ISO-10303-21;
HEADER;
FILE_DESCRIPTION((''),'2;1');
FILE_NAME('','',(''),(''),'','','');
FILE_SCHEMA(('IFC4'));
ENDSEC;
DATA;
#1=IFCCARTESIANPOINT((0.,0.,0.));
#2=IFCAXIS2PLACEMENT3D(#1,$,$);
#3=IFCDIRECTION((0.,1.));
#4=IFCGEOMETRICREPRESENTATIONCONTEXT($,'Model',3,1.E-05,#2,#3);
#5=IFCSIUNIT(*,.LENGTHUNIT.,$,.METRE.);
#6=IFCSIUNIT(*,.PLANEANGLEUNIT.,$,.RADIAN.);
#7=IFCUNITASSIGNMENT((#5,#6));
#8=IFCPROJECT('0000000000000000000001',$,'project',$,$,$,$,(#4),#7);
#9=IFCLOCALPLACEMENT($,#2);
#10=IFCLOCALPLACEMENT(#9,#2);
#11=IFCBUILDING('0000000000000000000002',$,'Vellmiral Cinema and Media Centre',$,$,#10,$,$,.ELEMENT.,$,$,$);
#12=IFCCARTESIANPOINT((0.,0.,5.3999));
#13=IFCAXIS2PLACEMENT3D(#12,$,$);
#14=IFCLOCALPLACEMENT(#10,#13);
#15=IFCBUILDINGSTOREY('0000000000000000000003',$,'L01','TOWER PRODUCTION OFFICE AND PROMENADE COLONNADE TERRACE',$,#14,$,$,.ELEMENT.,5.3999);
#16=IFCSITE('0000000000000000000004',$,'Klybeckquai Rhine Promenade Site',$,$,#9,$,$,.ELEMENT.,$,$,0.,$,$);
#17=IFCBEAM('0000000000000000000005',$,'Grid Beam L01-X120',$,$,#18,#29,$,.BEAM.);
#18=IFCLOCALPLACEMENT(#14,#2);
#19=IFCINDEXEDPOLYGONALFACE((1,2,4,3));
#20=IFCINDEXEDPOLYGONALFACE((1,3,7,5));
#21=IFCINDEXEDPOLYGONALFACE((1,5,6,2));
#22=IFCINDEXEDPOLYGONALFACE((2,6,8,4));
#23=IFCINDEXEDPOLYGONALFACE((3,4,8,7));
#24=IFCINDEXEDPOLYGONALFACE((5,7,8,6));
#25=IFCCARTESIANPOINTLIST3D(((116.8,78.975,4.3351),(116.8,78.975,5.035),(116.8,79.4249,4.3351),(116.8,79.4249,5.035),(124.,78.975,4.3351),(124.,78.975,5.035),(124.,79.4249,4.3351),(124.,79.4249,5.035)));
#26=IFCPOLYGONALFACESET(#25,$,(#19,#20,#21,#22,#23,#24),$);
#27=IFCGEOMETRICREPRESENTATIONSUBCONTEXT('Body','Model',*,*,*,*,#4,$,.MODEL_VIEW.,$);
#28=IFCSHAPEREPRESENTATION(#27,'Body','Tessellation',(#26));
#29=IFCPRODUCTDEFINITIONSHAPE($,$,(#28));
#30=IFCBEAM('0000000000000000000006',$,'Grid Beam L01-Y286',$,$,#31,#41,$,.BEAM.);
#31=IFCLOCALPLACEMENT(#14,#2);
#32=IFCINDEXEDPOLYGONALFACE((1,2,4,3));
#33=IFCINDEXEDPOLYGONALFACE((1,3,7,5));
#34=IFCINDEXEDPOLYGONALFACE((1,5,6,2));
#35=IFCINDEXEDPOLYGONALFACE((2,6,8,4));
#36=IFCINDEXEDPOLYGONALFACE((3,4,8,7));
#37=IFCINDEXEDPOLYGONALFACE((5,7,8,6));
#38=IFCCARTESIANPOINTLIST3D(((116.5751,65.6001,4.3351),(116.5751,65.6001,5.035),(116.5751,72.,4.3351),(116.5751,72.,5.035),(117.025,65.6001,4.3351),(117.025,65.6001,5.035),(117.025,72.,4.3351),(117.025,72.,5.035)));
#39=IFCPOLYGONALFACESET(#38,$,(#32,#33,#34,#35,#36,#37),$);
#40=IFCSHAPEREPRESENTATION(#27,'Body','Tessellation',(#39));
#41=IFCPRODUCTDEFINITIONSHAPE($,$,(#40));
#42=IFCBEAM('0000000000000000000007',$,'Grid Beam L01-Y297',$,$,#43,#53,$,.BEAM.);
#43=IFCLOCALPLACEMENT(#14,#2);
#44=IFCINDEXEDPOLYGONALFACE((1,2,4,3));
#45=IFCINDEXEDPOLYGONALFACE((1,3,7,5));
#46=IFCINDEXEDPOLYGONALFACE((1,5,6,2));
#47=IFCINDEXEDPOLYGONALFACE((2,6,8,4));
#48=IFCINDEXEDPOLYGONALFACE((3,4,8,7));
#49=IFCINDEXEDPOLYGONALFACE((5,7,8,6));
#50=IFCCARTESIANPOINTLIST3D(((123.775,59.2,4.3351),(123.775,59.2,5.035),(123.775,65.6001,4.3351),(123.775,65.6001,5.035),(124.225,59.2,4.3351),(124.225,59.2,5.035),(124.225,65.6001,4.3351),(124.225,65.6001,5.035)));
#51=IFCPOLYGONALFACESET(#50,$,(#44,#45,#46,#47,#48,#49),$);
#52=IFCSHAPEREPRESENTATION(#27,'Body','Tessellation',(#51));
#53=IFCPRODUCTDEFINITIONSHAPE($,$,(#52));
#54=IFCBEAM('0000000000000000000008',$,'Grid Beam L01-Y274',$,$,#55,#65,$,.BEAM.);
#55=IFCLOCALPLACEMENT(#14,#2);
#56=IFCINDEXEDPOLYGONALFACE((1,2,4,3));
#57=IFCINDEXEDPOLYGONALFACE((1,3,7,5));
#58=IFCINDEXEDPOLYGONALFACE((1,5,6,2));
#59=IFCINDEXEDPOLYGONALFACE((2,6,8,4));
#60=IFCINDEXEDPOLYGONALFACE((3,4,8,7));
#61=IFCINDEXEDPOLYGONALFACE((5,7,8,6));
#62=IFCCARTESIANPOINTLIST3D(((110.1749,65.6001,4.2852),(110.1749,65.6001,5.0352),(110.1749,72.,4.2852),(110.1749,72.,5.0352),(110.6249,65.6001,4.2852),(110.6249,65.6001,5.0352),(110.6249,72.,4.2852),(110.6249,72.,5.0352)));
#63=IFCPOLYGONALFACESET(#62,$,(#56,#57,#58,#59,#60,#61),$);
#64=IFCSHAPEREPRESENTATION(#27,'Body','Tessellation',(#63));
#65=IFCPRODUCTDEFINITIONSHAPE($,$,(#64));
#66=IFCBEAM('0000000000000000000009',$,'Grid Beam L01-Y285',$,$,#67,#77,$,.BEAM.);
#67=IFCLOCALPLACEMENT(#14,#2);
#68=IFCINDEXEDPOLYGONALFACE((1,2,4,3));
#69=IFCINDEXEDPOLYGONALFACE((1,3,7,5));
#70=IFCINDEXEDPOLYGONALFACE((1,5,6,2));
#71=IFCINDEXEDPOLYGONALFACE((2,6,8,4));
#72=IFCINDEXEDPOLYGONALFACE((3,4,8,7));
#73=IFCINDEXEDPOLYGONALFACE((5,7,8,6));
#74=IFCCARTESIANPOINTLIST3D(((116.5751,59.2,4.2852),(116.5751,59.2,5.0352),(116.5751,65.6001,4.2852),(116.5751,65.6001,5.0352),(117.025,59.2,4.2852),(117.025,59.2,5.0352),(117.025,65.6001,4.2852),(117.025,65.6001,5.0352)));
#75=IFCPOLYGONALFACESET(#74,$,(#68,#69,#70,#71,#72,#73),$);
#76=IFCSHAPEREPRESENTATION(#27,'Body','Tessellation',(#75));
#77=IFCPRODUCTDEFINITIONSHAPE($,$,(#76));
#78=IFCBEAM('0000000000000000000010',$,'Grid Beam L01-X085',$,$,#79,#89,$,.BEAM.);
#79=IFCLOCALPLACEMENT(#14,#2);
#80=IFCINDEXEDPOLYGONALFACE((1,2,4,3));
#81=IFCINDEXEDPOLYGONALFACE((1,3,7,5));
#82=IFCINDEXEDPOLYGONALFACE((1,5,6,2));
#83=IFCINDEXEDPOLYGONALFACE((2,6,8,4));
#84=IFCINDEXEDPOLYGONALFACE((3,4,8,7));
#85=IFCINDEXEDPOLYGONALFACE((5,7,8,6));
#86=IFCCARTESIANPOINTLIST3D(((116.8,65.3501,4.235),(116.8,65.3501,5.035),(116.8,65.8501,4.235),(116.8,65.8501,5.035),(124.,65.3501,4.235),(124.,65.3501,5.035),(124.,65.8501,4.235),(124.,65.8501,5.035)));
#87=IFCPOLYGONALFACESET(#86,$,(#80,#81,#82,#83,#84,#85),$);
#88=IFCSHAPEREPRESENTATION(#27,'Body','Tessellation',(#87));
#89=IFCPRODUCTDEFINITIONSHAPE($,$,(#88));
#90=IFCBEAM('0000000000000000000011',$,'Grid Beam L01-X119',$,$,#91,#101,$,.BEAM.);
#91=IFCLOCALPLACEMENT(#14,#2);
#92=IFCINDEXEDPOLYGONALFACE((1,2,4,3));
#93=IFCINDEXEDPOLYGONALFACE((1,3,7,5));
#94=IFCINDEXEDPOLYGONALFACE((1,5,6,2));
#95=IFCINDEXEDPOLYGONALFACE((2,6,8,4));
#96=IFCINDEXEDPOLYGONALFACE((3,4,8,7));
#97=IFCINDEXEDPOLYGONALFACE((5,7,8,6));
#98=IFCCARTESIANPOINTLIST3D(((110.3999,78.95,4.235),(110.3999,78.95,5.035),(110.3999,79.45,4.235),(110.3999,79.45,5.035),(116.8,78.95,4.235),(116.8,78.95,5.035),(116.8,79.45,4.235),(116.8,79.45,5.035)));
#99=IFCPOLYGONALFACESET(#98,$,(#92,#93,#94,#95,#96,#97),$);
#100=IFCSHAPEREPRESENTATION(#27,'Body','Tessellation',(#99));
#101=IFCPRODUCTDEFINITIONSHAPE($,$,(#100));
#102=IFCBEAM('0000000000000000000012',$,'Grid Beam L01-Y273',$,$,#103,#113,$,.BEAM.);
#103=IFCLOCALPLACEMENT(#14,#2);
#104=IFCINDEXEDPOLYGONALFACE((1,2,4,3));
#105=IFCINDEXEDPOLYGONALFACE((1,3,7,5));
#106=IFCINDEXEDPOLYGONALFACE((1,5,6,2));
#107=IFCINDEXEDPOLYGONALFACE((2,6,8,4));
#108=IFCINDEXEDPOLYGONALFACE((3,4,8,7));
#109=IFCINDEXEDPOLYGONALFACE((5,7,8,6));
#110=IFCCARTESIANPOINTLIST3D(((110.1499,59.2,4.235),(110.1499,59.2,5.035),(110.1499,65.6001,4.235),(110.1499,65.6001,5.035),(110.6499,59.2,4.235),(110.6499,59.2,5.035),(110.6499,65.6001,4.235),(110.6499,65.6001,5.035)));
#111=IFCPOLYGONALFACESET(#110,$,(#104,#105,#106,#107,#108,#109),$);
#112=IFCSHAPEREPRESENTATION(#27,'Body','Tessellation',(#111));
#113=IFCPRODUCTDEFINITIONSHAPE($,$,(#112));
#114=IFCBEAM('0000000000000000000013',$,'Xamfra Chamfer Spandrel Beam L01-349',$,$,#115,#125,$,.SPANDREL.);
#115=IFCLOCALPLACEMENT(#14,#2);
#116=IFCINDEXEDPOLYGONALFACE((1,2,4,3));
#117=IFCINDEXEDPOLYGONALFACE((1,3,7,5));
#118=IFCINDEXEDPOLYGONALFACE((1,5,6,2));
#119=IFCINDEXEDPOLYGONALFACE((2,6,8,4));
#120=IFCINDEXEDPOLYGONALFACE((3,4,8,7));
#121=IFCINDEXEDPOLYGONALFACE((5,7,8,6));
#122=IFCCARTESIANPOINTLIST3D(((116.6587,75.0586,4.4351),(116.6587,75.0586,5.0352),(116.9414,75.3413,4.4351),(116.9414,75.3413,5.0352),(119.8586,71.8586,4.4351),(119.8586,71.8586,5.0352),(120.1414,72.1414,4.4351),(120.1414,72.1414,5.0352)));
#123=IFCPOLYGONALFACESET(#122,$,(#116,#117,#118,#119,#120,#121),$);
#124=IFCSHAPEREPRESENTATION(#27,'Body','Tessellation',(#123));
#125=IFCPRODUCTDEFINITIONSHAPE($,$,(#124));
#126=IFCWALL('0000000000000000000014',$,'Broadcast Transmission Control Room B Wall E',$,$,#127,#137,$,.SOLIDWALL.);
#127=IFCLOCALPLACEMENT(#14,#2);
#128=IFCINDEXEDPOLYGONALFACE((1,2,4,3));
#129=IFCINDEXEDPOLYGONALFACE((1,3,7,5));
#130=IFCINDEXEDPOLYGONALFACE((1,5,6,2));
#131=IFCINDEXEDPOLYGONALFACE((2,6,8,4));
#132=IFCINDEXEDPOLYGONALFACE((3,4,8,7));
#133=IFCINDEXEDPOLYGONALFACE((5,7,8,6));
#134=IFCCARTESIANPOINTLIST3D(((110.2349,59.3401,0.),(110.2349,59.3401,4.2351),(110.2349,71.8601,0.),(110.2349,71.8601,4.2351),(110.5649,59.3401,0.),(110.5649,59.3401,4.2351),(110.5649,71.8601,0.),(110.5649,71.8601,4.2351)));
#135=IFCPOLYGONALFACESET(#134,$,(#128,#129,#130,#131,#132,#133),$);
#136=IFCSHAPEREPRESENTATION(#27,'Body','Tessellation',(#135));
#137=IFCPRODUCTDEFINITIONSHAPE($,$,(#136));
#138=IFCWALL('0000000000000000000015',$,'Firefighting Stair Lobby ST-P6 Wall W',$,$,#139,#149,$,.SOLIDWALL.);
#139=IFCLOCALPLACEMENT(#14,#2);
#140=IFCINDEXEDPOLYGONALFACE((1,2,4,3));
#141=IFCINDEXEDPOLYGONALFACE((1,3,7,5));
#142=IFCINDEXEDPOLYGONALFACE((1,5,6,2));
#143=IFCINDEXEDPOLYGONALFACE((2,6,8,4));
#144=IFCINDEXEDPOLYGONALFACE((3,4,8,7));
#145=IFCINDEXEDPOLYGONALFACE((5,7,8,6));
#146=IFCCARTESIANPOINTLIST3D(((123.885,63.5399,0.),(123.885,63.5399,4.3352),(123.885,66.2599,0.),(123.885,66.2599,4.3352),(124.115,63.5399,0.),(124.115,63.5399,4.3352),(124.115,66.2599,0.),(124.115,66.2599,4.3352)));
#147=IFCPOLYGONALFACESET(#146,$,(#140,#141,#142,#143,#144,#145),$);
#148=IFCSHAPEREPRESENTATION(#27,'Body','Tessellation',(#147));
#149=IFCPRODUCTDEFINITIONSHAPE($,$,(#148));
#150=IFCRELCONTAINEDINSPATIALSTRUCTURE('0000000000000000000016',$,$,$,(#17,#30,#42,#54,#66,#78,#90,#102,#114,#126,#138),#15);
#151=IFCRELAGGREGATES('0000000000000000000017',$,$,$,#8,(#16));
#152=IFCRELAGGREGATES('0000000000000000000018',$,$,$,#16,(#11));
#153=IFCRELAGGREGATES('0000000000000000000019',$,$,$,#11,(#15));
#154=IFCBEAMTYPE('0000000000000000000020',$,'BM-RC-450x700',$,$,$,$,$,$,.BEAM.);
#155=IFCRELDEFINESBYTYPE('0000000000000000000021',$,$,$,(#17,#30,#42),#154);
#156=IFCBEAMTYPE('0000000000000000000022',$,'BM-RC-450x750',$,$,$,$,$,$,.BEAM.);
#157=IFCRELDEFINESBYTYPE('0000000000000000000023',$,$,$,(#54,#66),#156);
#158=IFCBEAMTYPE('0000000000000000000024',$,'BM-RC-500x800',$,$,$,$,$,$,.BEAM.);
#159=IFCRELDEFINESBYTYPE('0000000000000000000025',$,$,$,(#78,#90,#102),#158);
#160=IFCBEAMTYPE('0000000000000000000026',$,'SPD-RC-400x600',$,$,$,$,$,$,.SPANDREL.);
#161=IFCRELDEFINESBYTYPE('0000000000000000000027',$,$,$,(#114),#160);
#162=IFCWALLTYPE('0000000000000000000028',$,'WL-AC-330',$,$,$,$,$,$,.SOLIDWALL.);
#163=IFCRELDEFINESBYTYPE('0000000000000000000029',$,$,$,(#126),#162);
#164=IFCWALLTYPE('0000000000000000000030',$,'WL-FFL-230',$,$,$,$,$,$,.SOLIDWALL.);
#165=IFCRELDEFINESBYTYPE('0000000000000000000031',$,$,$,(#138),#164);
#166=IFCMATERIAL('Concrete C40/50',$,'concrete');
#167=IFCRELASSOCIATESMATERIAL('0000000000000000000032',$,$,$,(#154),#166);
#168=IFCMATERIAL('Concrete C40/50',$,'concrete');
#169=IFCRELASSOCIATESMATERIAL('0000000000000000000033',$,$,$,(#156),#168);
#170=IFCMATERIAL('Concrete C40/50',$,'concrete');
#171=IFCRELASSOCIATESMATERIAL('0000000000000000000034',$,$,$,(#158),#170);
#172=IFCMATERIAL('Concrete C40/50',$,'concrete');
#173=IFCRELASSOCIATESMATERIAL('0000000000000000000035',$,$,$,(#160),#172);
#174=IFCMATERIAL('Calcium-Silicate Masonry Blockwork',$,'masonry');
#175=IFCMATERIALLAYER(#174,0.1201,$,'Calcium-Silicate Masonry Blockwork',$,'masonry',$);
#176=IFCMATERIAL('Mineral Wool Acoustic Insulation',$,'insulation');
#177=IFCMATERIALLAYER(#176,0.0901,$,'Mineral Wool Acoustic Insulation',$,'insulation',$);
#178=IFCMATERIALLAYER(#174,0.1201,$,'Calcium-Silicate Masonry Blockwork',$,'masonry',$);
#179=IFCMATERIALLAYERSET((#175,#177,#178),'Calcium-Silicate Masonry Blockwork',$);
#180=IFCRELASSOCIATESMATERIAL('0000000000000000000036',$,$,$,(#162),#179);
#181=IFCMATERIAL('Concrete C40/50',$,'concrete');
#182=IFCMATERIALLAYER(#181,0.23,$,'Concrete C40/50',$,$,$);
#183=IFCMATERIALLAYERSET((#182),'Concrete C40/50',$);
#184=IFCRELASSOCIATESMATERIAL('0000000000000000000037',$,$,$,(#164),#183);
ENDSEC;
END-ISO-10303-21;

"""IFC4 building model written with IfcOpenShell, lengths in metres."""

from ifc_helpers import new_model, si_unit, direction, frame, frame_2d, origin, origin_2d, place, context, subcontext, project, spatial, rectangle, extrude, material, layer, layer_set, material_profile, profile_set, type_object, element, save


model = new_model("IFC4")

# Units and contexts
model_context = context("Model", 3, precision=1e-05, world=origin(), true_north=direction((0.0, 1.0)))
body_context = subcontext(model_context, "Body", "Model", "MODEL_VIEW")
ifc_project = project(units=[si_unit("LENGTHUNIT", "METRE"), si_unit("PLANEANGLEUNIT", "RADIAN")], contexts=[model_context])

# Site, building, storey
site_placement = place(None, origin())
site = spatial("IfcSite", under=ifc_project, at=site_placement, Name="Klybeckquai Rhine Promenade Site", CompositionType="ELEMENT", RefElevation=0.0)
building_placement = place(site_placement, origin())
building = spatial("IfcBuilding", under=site, at=building_placement, Name="Vellmiral Cinema and Media Centre", CompositionType="ELEMENT")
storey_placement = place(building_placement, frame((0.0, 0.0, 5.3999)))
storey = spatial("IfcBuildingStorey", under=building, at=storey_placement, Name="L01", Description="TOWER PRODUCTION OFFICE AND PROMENADE COLONNADE TERRACE", CompositionType="ELEMENT", Elevation=5.3999)

# Beams
ifc_material_1 = material(Name="Concrete C40/50", Category="concrete")
ifc_material_profile_1 = material_profile(ifc_material_1, rectangle(XDim=0.45, YDim=0.7, at=origin_2d()), Name="RC 450x700")
ifc_profile_set_1 = profile_set([ifc_material_profile_1], Name="Concrete C40/50")
beam_type_1 = type_object("IfcBeamType", Name="BM-RC-450x700", PredefinedType="BEAM", material=ifc_profile_set_1)
beam_1_placement = place(storey_placement, frame((116.8, 79.2, 4.6851), z_axis=(1.0, 0.0, 0.0), x_axis=(0.0, 1.0, 0.0)))
element("IfcBeam", 1, at=beam_1_placement, inside=storey, type_object=beam_type_1, Name="Grid Beam L01-X120", PredefinedType="BEAM", context=body_context, shape_type="SweptSolid", body=[
    extrude(rectangle(XDim=0.45, YDim=0.7, at=origin_2d()), origin(), (0.0, 0.0, 1.0), 7.2),
])
beam_2_placement = place(storey_placement, frame((116.8, 65.6001, 4.6851), z_axis=(0.0, 1.0, 0.0), x_axis=(-1.0, 0.0, 0.0)))
element("IfcBeam", 2, at=beam_2_placement, inside=storey, type_object=beam_type_1, Name="Grid Beam L01-Y286", PredefinedType="BEAM", context=body_context, shape_type="SweptSolid", body=[
    extrude(rectangle(XDim=0.45, YDim=0.7, at=origin_2d()), origin(), (0.0, 0.0, 1.0), 6.3999),
])
beam_3_placement = place(storey_placement, frame((124.0, 59.2, 4.6851), z_axis=(0.0, 1.0, 0.0), x_axis=(-1.0, 0.0, 0.0)))
element("IfcBeam", 3, at=beam_3_placement, inside=storey, type_object=beam_type_1, Name="Grid Beam L01-Y297", PredefinedType="BEAM", context=body_context, shape_type="SweptSolid", body=[
    extrude(rectangle(XDim=0.45, YDim=0.7, at=origin_2d()), origin(), (0.0, 0.0, 1.0), 6.4001),
])
ifc_material_2 = material(Name="Concrete C40/50", Category="concrete")
ifc_material_profile_2 = material_profile(ifc_material_2, rectangle(XDim=0.45, YDim=0.75, at=origin_2d()), Name="RC 450x750")
ifc_profile_set_2 = profile_set([ifc_material_profile_2], Name="Concrete C40/50")
beam_type_2 = type_object("IfcBeamType", Name="BM-RC-450x750", PredefinedType="BEAM", material=ifc_profile_set_2)
beam_4_placement = place(storey_placement, frame((110.3999, 65.6001, 4.6602), z_axis=(0.0, 1.0, 0.0), x_axis=(-1.0, 0.0, 0.0)))
element("IfcBeam", 4, at=beam_4_placement, inside=storey, type_object=beam_type_2, Name="Grid Beam L01-Y274", PredefinedType="BEAM", context=body_context, shape_type="SweptSolid", body=[
    extrude(rectangle(XDim=0.45, YDim=0.75, at=origin_2d()), origin(), (0.0, 0.0, 1.0), 6.3999),
])
beam_5_placement = place(storey_placement, frame((116.8, 59.2, 4.6602), z_axis=(0.0, 1.0, 0.0), x_axis=(-1.0, 0.0, 0.0)))
element("IfcBeam", 5, at=beam_5_placement, inside=storey, type_object=beam_type_2, Name="Grid Beam L01-Y285", PredefinedType="BEAM", context=body_context, shape_type="SweptSolid", body=[
    extrude(rectangle(XDim=0.45, YDim=0.75, at=origin_2d()), origin(), (0.0, 0.0, 1.0), 6.4001),
])
ifc_material_3 = material(Name="Concrete C40/50", Category="concrete")
ifc_material_profile_3 = material_profile(ifc_material_3, rectangle(XDim=0.5, YDim=0.8, at=origin_2d()), Name="RC 500x800")
ifc_profile_set_3 = profile_set([ifc_material_profile_3], Name="Concrete C40/50")
beam_type_3 = type_object("IfcBeamType", Name="BM-RC-500x800", PredefinedType="BEAM", material=ifc_profile_set_3)
beam_6_placement = place(storey_placement, frame((116.8, 65.6001, 4.635), z_axis=(1.0, 0.0, 0.0), x_axis=(0.0, 1.0, 0.0)))
element("IfcBeam", 6, at=beam_6_placement, inside=storey, type_object=beam_type_3, Name="Grid Beam L01-X085", PredefinedType="BEAM", context=body_context, shape_type="SweptSolid", body=[
    extrude(rectangle(XDim=0.5, YDim=0.8, at=origin_2d()), origin(), (0.0, 0.0, 1.0), 7.2),
])
for number, where, z_axis, x_axis, name in (
    (7, (110.3999, 79.2, 4.635), (1.0, 0.0, 0.0), (0.0, 1.0, 0.0), "Grid Beam L01-X119"),
    (8, (110.3999, 59.2, 4.635), (0.0, 1.0, 0.0), (-1.0, 0.0, 0.0), "Grid Beam L01-Y273"),
):
    element("IfcBeam", number, at=place(storey_placement, frame(where, z_axis=z_axis, x_axis=x_axis)), inside=storey, type_object=beam_type_3, Name=name, PredefinedType="BEAM", context=body_context, shape_type="SweptSolid", body=[
        extrude(rectangle(XDim=0.5, YDim=0.8, at=origin_2d()), origin(), (0.0, 0.0, 1.0), 6.4001),
    ])
ifc_material_4 = material(Name="Concrete C40/50", Category="concrete")
ifc_material_profile_4 = material_profile(ifc_material_4, rectangle(XDim=0.3999, YDim=0.6001, at=origin_2d()), Name="RC 400x600")
ifc_profile_set_4 = profile_set([ifc_material_profile_4], Name="Concrete C40/50")
beam_type_4 = type_object("IfcBeamType", Name="SPD-RC-400x600", PredefinedType="SPANDREL", material=ifc_profile_set_4)
beam_7_placement = place(storey_placement, frame((116.8, 75.2, 4.7351), z_axis=(0.707107, -0.707107, 0.0), x_axis=(0.707107, 0.707107, 0.0)))
element("IfcBeam", 9, at=beam_7_placement, inside=storey, type_object=beam_type_4, Name="Xamfra Chamfer Spandrel Beam L01-349", PredefinedType="SPANDREL", context=body_context, shape_type="SweptSolid", body=[
    extrude(rectangle(XDim=0.3999, YDim=0.6001, at=origin_2d()), origin(), (0.0, 0.0, 1.0), 4.5254),
])

# Walls
ifc_material_5 = material(Name="Calcium-Silicate Masonry Blockwork", Category="masonry")
ifc_layer_1 = layer(ifc_material_5, 0.1201, Name="Calcium-Silicate Masonry Blockwork", Category="masonry")
ifc_material_6 = material(Name="Mineral Wool Acoustic Insulation", Category="insulation")
ifc_layer_2 = layer(ifc_material_6, 0.0901, Name="Mineral Wool Acoustic Insulation", Category="insulation")
ifc_layer_3 = layer(ifc_material_5, 0.1201, Name="Calcium-Silicate Masonry Blockwork", Category="masonry")
ifc_layer_set_1 = layer_set([ifc_layer_1, ifc_layer_2, ifc_layer_3], Name="Calcium-Silicate Masonry Blockwork")
wall_type_1 = type_object("IfcWallType", Name="WL-AC-330", PredefinedType="SOLIDWALL", material=ifc_layer_set_1)
wall_1_placement = place(storey_placement, frame((110.3999, 59.3401, 0.0), z_axis=(0.0, 0.0, 1.0), x_axis=(0.0, 1.0, 0.0)))
element("IfcWall", 10, at=wall_1_placement, inside=storey, type_object=wall_type_1, Name="Broadcast Transmission Control Room B Wall E", PredefinedType="SOLIDWALL", context=body_context, shape_type="SweptSolid", body=[
    extrude(rectangle(XDim=12.52, YDim=0.3301, at=frame_2d((6.26, 0.0))), origin(), (0.0, 0.0, 1.0), 4.2351),
])
ifc_material_7 = material(Name="Concrete C40/50", Category="concrete")
ifc_layer_4 = layer(ifc_material_7, 0.23, Name="Concrete C40/50")
ifc_layer_set_2 = layer_set([ifc_layer_4], Name="Concrete C40/50")
wall_type_2 = type_object("IfcWallType", Name="WL-FFL-230", PredefinedType="SOLIDWALL", material=ifc_layer_set_2)
wall_2_placement = place(storey_placement, frame((124.0, 63.54, 0.0), z_axis=(0.0, 0.0, 1.0), x_axis=(0.0, 1.0, 0.0)))
element("IfcWall", 11, at=wall_2_placement, inside=storey, type_object=wall_type_2, Name="Firefighting Stair Lobby ST-P6 Wall W", PredefinedType="SOLIDWALL", context=body_context, shape_type="SweptSolid", body=[
    extrude(rectangle(XDim=2.72, YDim=0.23, at=frame_2d((1.3599, 0.0))), origin(), (0.0, 0.0, 1.0), 4.3352),
])

save(model, "model.ifc")
